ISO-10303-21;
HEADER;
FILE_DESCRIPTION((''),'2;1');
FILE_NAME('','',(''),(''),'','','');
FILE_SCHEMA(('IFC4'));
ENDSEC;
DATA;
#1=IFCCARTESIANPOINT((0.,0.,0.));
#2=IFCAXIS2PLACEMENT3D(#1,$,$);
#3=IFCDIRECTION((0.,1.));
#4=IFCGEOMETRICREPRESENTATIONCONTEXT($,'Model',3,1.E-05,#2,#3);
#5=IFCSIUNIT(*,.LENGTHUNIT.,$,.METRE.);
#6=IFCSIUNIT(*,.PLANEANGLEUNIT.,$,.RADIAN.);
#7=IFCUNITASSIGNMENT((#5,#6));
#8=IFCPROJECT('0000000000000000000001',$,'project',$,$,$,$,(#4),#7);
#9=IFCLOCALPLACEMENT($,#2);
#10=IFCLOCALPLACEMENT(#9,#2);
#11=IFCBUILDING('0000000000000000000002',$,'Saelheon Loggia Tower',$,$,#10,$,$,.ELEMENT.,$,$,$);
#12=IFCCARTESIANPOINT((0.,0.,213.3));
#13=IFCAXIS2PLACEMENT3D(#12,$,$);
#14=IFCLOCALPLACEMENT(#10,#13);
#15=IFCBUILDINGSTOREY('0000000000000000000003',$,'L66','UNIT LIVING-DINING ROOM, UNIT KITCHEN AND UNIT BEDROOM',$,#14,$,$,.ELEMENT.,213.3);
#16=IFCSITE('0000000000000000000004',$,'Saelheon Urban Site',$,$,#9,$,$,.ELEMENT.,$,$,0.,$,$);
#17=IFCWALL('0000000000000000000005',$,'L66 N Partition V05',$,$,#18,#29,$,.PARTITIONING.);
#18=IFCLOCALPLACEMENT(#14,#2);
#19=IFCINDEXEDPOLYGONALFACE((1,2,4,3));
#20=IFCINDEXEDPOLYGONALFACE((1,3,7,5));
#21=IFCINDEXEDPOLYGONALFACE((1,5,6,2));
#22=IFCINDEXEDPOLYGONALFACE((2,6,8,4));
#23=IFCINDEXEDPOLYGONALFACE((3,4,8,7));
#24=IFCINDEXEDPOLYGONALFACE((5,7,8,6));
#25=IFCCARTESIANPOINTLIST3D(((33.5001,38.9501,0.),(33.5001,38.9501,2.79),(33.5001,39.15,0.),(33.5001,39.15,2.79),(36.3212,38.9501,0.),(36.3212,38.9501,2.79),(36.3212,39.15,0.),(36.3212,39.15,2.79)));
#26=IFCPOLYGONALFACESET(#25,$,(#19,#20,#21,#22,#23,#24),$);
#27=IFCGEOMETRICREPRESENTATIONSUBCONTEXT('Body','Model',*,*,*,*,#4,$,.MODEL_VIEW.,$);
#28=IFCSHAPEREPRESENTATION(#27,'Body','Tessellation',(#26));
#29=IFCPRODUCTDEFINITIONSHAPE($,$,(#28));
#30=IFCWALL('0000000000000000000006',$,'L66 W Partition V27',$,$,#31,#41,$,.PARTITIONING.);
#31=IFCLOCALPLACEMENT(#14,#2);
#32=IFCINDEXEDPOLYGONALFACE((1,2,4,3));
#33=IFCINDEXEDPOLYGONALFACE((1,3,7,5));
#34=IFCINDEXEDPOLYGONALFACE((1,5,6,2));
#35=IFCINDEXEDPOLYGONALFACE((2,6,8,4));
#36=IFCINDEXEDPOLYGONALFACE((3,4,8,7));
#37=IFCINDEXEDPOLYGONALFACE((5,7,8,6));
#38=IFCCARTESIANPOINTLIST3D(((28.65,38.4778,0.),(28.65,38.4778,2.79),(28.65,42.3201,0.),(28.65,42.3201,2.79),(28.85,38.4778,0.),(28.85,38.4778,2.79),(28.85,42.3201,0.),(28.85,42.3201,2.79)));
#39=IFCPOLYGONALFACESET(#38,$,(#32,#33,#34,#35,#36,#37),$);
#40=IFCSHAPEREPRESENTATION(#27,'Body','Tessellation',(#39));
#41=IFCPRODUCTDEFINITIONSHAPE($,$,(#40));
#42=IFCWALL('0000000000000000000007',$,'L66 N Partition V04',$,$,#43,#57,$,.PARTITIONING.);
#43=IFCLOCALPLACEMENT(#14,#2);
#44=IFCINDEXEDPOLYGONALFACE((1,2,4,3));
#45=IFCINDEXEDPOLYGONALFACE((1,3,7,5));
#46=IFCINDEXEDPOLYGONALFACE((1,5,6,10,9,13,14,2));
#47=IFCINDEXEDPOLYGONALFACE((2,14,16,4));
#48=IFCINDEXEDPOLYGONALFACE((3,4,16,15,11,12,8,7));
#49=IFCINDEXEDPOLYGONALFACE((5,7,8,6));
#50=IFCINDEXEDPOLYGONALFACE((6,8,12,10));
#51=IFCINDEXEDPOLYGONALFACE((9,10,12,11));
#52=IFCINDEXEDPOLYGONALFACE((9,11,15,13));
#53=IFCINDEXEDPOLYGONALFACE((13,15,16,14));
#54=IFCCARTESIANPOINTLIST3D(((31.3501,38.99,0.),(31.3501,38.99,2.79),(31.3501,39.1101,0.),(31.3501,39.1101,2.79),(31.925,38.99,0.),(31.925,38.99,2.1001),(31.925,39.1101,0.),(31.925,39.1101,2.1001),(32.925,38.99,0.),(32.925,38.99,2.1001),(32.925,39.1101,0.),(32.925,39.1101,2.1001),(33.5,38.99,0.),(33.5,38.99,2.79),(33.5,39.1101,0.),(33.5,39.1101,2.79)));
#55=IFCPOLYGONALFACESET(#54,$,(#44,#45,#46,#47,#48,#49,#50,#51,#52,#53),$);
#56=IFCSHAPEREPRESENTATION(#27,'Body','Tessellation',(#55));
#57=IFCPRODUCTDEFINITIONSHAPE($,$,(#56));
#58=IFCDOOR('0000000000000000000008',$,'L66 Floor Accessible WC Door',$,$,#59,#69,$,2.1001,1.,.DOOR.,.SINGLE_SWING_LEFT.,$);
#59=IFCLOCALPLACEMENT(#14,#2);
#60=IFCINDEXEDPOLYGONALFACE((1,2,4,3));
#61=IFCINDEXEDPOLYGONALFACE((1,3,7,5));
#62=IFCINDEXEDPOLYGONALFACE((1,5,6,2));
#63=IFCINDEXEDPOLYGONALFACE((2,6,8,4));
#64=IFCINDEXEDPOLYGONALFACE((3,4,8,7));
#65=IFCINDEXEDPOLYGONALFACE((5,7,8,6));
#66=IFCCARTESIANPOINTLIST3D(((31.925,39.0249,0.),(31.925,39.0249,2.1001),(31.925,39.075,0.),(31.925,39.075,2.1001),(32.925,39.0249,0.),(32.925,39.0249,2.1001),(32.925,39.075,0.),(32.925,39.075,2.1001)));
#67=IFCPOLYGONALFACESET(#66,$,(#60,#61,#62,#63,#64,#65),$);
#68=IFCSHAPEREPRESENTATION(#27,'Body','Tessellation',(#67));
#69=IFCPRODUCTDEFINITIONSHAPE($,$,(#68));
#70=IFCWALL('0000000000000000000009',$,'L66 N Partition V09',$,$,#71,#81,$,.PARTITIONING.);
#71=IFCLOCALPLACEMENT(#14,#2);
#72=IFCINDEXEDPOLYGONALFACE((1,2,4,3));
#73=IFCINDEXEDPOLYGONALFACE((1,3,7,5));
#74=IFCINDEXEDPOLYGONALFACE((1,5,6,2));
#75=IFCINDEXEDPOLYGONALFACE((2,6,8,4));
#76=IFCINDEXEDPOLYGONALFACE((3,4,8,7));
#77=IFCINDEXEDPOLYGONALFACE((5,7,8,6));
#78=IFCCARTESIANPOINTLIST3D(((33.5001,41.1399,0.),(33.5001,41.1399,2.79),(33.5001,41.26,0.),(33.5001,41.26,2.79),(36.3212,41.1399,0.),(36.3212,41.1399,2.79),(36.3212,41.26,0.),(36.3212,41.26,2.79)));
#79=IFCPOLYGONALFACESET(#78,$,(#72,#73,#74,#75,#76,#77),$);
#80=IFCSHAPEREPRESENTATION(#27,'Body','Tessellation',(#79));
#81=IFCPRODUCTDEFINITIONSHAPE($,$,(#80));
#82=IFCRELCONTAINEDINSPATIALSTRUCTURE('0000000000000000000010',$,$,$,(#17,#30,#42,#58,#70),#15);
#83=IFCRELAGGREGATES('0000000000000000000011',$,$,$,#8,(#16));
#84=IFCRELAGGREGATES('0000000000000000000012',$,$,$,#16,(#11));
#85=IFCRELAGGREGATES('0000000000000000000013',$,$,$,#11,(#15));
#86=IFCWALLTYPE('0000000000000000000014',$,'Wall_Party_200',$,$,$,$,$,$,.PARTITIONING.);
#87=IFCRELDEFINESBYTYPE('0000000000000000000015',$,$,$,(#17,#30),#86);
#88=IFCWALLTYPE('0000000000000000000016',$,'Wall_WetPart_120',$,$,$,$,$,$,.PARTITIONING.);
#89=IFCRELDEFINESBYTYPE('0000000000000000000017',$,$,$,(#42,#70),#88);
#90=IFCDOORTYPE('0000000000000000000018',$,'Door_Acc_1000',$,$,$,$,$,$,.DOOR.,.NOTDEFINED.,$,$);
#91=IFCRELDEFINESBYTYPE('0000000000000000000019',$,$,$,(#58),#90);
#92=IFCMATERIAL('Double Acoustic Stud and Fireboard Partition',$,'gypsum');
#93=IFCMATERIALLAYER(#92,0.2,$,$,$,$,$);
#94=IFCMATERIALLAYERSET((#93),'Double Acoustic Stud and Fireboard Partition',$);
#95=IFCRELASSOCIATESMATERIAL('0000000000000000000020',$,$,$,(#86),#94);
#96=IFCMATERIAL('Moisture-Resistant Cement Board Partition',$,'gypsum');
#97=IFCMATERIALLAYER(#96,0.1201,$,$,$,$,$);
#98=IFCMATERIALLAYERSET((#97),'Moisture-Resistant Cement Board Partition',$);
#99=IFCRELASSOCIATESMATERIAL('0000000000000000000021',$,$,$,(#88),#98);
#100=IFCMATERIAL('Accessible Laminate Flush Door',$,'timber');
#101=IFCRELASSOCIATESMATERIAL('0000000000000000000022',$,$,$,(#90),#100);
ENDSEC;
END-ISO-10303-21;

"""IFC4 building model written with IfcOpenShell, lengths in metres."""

from ifc_helpers import new_model, si_unit, direction, frame, frame_2d, origin, place, context, subcontext, project, spatial, rectangle, extrude, source, transform, mapped, material, layer, layer_set, type_object, element, fill, save


model = new_model("IFC4")

# Units and contexts
model_context = context("Model", 3, precision=1e-05, world=origin(), true_north=direction((0.0, 1.0)))
body_context = subcontext(model_context, "Body", "Model", "MODEL_VIEW")
ifc_project = project(units=[si_unit("LENGTHUNIT", "METRE"), si_unit("PLANEANGLEUNIT", "RADIAN")], contexts=[model_context])

# Site, building, storey
site_placement = place(None, origin())
site = spatial("IfcSite", under=ifc_project, at=site_placement, Name="Saelheon Urban Site", CompositionType="ELEMENT", RefElevation=0.0)
building_placement = place(site_placement, origin())
building = spatial("IfcBuilding", under=site, at=building_placement, Name="Saelheon Loggia Tower", CompositionType="ELEMENT")
storey_placement = place(building_placement, frame((0.0, 0.0, 213.3)))
storey = spatial("IfcBuildingStorey", under=building, at=storey_placement, Name="L66", Description="UNIT LIVING-DINING ROOM, UNIT KITCHEN AND UNIT BEDROOM", CompositionType="ELEMENT", Elevation=213.3)

# Walls
ifc_material_1 = material(Name="Double Acoustic Stud and Fireboard Partition", Category="gypsum")
ifc_layer_1 = layer(ifc_material_1, 0.2)
ifc_layer_set_1 = layer_set([ifc_layer_1], Name="Double Acoustic Stud and Fireboard Partition")
wall_type_1 = type_object("IfcWallType", Name="Wall_Party_200", PredefinedType="PARTITIONING", material=ifc_layer_set_1)
wall_1_placement = place(storey_placement, frame((33.5, 39.05, 0.0), z_axis=(0.0, 0.0, 1.0), x_axis=(1.0, 0.0, 0.0)))
element("IfcWall", 1, at=wall_1_placement, inside=storey, type_object=wall_type_1, Name="L66 N Partition V05", PredefinedType="PARTITIONING", context=body_context, shape_type="SweptSolid", body=[
    extrude(rectangle(XDim=2.821, YDim=0.2, at=frame_2d((1.4106, 0.0))), origin(), (0.0, 0.0, 1.0), 2.79),
])
wall_2_placement = place(storey_placement, frame((28.75, 38.4778, 0.0), z_axis=(0.0, 0.0, 1.0), x_axis=(0.0, 1.0, 0.0)))
element("IfcWall", 2, at=wall_2_placement, inside=storey, type_object=wall_type_1, Name="L66 W Partition V27", PredefinedType="PARTITIONING", context=body_context, shape_type="SweptSolid", body=[
    extrude(rectangle(XDim=3.8423, YDim=0.2, at=frame_2d((1.9211, 0.0))), origin(), (0.0, 0.0, 1.0), 2.79),
])

# Wall, opening, door
ifc_material_2 = material(Name="Moisture-Resistant Cement Board Partition", Category="gypsum")
ifc_layer_2 = layer(ifc_material_2, 0.1201)
ifc_layer_set_2 = layer_set([ifc_layer_2], Name="Moisture-Resistant Cement Board Partition")
wall_type_2 = type_object("IfcWallType", Name="Wall_WetPart_120", PredefinedType="PARTITIONING", material=ifc_layer_set_2)
wall_3_placement = place(storey_placement, frame((31.3501, 39.05, 0.0), z_axis=(0.0, 0.0, 1.0), x_axis=(1.0, 0.0, 0.0)))
wall_3 = element("IfcWall", 3, at=wall_3_placement, inside=storey, type_object=wall_type_2, Name="L66 N Partition V04", PredefinedType="PARTITIONING", context=body_context, shape_type="SweptSolid", body=[
    extrude(rectangle(XDim=2.1499, YDim=0.1201, at=frame_2d((1.075, 0.0))), origin(), (0.0, 0.0, 1.0), 2.79),
])
opening_1_placement = place(wall_3_placement, frame((0.575, 0.0, 0.0)))
opening_1 = element("IfcOpeningElement", 4, at=opening_1_placement, cuts=wall_3, PredefinedType="OPENING", context=body_context, shape_type="SweptSolid", body=[
    extrude(rectangle(XDim=1.0, YDim=2.1001, at=frame_2d((0.5, 1.05))), frame((0.0, 0.072, 0.0), z_axis=(0.0, -1.0, 0.0), x_axis=(1.0, 0.0, 0.0)), (0.0, 0.0, 1.0), 0.144),
])
ifc_material_3 = material(Name="Accessible Laminate Flush Door", Category="timber")
door_type_1 = type_object("IfcDoorType", Name="Door_Acc_1000", OperationType="NOTDEFINED", PredefinedType="DOOR", material=ifc_material_3)
shared_shape_1 = source(origin(), body_context, "Body", "SweptSolid", [
    extrude(rectangle(XDim=1.0, YDim=2.1001, at=frame_2d((0.5, 1.05))), frame((0.0, 0.0249, 0.0), z_axis=(0.0, -1.0, 0.0), x_axis=(1.0, 0.0, 0.0)), (0.0, 0.0, 1.0), 0.05),
])
door_1_placement = place(opening_1_placement, origin())
door_1 = element("IfcDoor", 5, at=door_1_placement, inside=storey, type_object=door_type_1, Name="L66 Floor Accessible WC Door", OperationType="SINGLE_SWING_LEFT", OverallHeight=2.1001, OverallWidth=1.0, PredefinedType="DOOR", context=body_context, shape_type="MappedRepresentation", body=[
    mapped(shared_shape_1, transform((0.0, 0.0, 0.0), scale=1.0)),
])
fill(opening_1, door_1)

# Wall
wall_4_placement = place(storey_placement, frame((33.5, 41.2, 0.0), z_axis=(0.0, 0.0, 1.0), x_axis=(1.0, 0.0, 0.0)))
element("IfcWall", 6, at=wall_4_placement, inside=storey, type_object=wall_type_2, Name="L66 N Partition V09", PredefinedType="PARTITIONING", context=body_context, shape_type="SweptSolid", body=[
    extrude(rectangle(XDim=2.821, YDim=0.1201, at=frame_2d((1.4106, 0.0))), origin(), (0.0, 0.0, 1.0), 2.79),
])

save(model, "model.ifc")
